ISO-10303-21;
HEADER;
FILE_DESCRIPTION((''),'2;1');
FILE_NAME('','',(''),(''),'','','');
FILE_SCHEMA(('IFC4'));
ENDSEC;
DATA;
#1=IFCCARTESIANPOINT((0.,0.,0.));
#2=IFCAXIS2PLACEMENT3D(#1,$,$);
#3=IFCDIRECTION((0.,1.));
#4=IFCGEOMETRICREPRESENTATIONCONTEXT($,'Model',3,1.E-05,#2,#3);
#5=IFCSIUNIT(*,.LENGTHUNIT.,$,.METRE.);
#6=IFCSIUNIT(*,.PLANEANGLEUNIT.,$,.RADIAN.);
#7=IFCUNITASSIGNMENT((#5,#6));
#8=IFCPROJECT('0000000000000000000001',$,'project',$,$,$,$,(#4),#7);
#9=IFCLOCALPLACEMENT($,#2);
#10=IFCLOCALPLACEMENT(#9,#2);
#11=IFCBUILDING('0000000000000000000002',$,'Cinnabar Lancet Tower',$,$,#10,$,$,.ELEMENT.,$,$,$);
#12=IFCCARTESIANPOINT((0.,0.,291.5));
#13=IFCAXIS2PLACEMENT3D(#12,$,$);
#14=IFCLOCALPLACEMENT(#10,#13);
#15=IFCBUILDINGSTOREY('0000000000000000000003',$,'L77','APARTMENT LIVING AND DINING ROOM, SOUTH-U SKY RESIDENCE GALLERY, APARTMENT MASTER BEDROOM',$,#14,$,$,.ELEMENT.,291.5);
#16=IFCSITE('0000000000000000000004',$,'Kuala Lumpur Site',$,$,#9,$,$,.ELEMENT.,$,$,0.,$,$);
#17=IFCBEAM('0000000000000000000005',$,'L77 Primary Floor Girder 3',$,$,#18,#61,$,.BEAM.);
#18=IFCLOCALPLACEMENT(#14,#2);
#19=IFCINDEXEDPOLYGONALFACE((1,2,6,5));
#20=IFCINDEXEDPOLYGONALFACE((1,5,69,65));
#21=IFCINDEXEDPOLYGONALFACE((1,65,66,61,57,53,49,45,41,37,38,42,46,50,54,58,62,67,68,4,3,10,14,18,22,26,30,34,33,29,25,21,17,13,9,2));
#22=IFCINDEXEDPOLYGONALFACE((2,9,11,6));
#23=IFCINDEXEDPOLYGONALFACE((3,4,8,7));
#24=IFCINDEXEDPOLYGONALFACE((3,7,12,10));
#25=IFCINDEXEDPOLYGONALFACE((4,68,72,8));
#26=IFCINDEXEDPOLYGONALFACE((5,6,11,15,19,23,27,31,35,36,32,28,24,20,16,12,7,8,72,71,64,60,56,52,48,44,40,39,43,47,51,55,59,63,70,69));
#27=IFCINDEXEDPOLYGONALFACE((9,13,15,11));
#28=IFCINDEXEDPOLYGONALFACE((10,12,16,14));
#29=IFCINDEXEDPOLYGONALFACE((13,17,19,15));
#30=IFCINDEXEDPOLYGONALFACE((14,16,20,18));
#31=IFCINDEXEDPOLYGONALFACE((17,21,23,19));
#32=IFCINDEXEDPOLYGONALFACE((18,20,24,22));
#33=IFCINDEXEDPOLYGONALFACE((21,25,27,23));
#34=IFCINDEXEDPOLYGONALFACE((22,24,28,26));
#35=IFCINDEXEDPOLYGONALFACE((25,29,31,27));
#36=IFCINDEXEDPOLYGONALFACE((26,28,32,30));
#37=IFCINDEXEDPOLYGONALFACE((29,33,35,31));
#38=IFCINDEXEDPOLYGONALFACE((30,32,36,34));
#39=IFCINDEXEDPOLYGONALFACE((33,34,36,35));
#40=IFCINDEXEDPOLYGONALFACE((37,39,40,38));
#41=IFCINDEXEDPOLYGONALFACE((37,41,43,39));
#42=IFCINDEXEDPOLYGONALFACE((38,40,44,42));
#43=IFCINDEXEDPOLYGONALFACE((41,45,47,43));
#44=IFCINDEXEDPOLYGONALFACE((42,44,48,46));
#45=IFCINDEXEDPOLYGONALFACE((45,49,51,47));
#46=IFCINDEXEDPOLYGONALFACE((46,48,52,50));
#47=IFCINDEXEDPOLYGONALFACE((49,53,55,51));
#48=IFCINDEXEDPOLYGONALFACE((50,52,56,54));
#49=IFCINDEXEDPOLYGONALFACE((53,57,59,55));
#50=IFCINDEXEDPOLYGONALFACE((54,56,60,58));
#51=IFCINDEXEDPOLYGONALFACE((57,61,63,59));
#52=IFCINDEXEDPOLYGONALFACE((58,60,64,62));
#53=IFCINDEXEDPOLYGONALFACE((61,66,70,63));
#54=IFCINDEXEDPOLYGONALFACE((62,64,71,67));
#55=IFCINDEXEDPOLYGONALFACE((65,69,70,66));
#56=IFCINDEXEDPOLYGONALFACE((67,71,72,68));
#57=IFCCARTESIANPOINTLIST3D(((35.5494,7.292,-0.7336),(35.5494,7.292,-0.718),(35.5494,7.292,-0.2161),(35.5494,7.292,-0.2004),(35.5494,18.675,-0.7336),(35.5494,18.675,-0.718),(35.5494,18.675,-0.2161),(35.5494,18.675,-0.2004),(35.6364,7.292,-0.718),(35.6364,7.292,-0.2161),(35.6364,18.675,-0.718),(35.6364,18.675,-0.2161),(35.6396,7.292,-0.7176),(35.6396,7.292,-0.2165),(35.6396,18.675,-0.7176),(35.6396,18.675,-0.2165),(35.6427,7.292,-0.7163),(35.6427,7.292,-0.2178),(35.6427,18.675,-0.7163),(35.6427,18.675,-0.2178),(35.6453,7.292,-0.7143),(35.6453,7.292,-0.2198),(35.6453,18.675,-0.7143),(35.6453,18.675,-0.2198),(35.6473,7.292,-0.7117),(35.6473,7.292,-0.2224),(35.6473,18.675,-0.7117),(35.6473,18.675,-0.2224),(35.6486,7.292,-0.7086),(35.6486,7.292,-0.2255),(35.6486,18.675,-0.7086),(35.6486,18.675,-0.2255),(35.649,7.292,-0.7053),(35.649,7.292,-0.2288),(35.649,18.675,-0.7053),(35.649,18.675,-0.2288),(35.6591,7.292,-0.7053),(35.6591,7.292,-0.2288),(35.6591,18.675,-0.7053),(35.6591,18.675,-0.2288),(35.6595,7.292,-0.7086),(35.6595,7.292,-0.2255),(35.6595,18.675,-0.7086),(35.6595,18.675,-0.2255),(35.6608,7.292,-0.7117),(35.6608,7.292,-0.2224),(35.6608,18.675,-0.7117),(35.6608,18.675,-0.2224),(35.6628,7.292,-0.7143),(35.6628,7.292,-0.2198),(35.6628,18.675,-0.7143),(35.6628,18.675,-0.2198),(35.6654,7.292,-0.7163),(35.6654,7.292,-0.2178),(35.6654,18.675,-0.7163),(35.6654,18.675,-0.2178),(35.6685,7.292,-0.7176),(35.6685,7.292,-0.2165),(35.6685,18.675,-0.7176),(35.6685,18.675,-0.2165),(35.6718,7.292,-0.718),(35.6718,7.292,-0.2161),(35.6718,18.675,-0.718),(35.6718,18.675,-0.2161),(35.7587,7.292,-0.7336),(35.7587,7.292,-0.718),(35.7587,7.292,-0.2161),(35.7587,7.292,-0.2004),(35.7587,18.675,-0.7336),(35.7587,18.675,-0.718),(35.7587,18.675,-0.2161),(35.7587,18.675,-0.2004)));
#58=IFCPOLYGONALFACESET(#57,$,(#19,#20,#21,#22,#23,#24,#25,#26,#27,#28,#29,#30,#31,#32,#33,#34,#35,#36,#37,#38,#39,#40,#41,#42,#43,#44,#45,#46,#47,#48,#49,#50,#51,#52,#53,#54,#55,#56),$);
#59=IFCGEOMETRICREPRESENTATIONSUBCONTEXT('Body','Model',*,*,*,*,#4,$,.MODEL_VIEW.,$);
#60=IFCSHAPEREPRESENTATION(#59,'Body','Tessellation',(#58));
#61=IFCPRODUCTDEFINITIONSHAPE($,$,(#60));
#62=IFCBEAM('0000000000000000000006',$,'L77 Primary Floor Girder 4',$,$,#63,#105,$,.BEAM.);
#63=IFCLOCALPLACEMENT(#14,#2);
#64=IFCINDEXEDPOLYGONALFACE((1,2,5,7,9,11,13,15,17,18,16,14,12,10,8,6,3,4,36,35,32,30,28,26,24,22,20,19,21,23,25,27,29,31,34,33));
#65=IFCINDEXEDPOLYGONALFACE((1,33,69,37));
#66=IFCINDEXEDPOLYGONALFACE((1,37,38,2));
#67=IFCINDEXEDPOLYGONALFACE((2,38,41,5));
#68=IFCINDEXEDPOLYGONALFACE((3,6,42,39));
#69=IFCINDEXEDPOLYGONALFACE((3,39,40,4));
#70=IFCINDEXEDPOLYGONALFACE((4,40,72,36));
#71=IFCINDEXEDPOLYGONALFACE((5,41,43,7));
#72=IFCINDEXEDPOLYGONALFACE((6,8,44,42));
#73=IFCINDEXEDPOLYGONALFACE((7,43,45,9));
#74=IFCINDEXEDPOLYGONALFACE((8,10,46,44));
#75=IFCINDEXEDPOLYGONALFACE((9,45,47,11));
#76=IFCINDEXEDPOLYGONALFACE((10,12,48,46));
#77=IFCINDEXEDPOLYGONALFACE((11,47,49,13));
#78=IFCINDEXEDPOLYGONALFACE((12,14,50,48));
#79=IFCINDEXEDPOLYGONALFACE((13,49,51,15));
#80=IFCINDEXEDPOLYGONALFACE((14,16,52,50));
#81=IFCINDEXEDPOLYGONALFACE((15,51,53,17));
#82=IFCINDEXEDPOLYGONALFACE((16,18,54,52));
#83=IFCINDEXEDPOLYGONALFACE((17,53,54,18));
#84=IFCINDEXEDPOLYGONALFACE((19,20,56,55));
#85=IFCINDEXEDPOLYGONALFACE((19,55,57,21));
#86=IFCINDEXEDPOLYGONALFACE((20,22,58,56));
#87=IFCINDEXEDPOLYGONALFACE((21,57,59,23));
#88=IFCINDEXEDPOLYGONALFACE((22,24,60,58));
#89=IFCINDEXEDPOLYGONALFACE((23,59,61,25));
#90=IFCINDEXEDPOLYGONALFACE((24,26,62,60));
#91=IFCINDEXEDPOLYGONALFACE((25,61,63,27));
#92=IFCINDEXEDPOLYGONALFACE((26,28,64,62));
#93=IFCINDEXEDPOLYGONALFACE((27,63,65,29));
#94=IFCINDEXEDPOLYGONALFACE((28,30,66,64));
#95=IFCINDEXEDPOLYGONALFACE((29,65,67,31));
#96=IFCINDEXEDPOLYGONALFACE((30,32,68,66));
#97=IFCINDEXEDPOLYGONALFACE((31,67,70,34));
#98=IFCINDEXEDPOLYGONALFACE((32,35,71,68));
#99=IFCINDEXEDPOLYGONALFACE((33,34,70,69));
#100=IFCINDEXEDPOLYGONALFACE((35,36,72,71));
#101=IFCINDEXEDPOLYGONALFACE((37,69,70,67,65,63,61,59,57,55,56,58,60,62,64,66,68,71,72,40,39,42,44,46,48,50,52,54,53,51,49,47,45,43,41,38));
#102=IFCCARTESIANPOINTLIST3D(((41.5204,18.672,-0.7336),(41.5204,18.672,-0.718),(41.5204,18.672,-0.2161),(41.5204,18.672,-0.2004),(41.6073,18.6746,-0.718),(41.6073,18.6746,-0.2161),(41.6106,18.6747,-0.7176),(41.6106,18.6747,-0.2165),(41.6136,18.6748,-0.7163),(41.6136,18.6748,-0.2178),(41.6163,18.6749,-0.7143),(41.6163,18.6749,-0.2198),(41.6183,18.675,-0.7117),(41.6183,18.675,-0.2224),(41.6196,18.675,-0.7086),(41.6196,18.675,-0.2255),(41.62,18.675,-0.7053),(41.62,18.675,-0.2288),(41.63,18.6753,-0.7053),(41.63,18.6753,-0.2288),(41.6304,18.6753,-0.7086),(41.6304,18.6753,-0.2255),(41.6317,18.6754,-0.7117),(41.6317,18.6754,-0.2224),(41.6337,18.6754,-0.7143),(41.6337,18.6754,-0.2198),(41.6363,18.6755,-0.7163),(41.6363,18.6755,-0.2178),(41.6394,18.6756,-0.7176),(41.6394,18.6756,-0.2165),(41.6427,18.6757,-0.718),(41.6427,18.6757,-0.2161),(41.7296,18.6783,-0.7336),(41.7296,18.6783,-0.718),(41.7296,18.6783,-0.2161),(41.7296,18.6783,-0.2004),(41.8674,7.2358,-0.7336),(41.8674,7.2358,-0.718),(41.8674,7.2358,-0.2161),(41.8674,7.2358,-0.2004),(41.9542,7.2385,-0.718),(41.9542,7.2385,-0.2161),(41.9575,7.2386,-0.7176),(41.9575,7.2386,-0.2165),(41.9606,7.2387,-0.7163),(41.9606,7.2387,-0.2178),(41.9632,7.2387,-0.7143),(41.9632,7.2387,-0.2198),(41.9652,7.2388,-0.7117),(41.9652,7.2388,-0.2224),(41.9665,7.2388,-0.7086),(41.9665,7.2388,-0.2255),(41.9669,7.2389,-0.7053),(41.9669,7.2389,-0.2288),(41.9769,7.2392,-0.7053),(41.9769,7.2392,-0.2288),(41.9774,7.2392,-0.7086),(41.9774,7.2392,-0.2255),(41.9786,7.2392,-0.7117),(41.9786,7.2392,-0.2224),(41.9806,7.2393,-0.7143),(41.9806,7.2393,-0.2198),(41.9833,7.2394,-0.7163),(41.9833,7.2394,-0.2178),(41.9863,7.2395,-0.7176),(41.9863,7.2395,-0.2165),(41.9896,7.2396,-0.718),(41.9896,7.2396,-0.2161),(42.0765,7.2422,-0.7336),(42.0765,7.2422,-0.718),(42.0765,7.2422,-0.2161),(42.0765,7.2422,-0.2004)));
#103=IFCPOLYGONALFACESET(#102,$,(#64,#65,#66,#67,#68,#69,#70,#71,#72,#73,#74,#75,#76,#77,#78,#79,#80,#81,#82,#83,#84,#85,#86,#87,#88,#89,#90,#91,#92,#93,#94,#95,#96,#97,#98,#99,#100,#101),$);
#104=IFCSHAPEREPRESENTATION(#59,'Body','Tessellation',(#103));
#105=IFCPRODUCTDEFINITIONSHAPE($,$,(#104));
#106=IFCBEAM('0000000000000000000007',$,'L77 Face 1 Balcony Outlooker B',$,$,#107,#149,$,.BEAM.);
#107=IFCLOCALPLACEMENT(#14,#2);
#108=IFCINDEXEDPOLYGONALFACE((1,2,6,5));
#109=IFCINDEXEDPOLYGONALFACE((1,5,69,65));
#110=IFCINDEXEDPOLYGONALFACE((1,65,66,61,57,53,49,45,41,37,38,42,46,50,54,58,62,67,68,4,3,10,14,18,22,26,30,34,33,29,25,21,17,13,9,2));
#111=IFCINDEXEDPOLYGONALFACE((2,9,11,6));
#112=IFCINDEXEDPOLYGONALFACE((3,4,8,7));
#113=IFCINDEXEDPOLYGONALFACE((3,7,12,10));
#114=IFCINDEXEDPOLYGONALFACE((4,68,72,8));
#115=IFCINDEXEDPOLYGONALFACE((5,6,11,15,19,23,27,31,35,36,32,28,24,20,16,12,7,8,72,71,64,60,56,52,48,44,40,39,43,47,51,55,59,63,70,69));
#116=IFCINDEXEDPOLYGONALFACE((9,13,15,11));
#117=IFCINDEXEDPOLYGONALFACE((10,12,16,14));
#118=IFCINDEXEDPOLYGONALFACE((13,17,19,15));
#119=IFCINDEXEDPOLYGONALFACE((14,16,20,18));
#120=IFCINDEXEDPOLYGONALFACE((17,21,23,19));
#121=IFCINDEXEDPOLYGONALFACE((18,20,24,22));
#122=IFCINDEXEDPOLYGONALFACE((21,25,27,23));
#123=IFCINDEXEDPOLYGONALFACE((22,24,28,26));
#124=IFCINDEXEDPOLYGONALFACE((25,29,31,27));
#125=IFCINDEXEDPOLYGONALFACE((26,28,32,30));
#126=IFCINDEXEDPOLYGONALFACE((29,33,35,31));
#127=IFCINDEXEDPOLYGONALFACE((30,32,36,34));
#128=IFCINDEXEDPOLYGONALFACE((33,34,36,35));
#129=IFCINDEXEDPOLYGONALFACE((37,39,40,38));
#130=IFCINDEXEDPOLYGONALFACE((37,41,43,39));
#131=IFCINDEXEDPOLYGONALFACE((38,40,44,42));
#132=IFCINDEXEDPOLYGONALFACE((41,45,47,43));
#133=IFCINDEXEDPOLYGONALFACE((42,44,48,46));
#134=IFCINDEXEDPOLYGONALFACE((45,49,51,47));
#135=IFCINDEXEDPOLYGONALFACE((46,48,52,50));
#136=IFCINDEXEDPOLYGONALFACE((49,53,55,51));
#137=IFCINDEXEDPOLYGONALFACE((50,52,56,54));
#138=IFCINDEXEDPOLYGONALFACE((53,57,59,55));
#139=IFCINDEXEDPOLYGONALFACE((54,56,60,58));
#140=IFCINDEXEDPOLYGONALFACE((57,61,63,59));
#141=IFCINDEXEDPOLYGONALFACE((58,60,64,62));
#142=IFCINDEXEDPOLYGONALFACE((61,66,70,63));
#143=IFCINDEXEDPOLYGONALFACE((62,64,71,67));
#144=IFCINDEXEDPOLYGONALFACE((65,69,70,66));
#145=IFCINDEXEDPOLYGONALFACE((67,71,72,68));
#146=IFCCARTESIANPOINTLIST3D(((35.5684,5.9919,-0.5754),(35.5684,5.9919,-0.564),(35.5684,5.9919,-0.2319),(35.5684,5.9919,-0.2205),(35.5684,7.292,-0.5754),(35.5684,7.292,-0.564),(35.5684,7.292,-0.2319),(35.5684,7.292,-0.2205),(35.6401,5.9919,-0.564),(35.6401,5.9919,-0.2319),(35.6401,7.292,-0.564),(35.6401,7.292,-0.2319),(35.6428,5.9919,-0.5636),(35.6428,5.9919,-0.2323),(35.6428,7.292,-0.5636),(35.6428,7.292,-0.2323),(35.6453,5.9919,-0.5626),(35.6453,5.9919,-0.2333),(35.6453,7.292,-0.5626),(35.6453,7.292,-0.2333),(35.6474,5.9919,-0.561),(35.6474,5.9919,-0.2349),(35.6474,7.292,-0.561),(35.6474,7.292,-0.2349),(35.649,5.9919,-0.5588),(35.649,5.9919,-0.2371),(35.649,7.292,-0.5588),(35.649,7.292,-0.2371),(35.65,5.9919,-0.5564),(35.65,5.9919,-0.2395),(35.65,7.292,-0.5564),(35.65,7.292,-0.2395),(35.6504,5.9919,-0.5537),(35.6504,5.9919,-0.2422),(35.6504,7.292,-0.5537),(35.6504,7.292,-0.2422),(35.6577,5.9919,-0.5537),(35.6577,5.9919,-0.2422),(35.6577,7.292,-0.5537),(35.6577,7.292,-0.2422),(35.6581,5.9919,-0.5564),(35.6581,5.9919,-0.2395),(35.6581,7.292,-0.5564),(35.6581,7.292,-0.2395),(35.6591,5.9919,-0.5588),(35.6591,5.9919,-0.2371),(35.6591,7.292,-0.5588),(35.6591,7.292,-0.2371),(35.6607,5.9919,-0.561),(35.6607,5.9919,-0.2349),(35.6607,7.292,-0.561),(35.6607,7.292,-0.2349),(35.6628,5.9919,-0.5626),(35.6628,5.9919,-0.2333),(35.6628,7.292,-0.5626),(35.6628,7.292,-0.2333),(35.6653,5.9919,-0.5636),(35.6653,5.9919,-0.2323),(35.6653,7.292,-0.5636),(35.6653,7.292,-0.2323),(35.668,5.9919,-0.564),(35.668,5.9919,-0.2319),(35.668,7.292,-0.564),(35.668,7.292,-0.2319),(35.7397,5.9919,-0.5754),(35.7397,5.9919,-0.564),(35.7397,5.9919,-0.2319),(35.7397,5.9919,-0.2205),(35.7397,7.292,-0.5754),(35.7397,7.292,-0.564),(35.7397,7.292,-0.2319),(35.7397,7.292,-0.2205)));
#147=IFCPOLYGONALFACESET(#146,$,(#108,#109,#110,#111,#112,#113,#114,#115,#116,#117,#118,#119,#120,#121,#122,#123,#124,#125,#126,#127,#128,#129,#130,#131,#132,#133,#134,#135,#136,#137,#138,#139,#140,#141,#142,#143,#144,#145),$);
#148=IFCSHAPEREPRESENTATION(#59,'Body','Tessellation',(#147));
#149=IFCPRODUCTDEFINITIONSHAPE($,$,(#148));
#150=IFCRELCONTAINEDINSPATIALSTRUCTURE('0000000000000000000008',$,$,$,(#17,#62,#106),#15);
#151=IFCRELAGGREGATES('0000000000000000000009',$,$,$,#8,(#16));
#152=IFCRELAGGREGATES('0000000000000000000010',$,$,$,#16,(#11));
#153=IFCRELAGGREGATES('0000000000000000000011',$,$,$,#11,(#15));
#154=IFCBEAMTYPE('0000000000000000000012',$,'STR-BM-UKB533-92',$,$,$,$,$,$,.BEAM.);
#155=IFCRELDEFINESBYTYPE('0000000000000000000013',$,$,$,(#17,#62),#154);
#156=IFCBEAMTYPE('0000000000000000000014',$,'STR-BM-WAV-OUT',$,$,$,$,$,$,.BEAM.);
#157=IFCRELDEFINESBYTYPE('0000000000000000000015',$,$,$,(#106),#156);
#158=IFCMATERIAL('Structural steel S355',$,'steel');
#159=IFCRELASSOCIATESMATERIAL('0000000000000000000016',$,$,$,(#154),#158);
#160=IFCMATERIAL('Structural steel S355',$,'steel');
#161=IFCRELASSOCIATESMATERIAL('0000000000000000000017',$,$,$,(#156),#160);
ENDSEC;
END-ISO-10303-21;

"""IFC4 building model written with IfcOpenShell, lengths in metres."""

from ifc_helpers import new_model, si_unit, direction, frame, origin, origin_2d, place, context, subcontext, project, spatial, i_section, extrude, material, material_profile, profile_set, type_object, element, save


model = new_model("IFC4")

# Units and contexts
model_context = context("Model", 3, precision=1e-05, world=origin(), true_north=direction((0.0, 1.0)))
body_context = subcontext(model_context, "Body", "Model", "MODEL_VIEW")
ifc_project = project(units=[si_unit("LENGTHUNIT", "METRE"), si_unit("PLANEANGLEUNIT", "RADIAN")], contexts=[model_context])

# Site, building, storey
site_placement = place(None, origin())
site = spatial("IfcSite", under=ifc_project, at=site_placement, Name="Kuala Lumpur Site", CompositionType="ELEMENT", RefElevation=0.0)
building_placement = place(site_placement, origin())
building = spatial("IfcBuilding", under=site, at=building_placement, Name="Cinnabar Lancet Tower", CompositionType="ELEMENT")
storey_placement = place(building_placement, frame((0.0, 0.0, 291.5)))
storey = spatial("IfcBuildingStorey", under=building, at=storey_placement, Name="L77", Description="APARTMENT LIVING AND DINING ROOM, SOUTH-U SKY RESIDENCE GALLERY, APARTMENT MASTER BEDROOM", CompositionType="ELEMENT", Elevation=291.5)

# Beams
ifc_material_1 = material(Name="Structural steel S355", Category="steel")
ifc_material_profile_1 = material_profile(ifc_material_1, i_section(OverallWidth=0.2092, OverallDepth=0.5332, WebThickness=0.01, FlangeThickness=0.0156, FilletRadius=0.0127, at=origin_2d()), Name="UKB 533x210x92")
ifc_profile_set_1 = profile_set([ifc_material_profile_1], Name="Structural steel S355")
beam_type_1 = type_object("IfcBeamType", Name="STR-BM-UKB533-92", PredefinedType="BEAM", material=ifc_profile_set_1)
beam_1_placement = place(storey_placement, frame((35.6541, 7.292, -0.467), z_axis=(0.0, 1.0, 0.0), x_axis=(-1.0, 0.0, 0.0)))
element("IfcBeam", 1, at=beam_1_placement, inside=storey, type_object=beam_type_1, Name="L77 Primary Floor Girder 3", PredefinedType="BEAM", context=body_context, shape_type="SweptSolid", body=[
    extrude(i_section(OverallWidth=0.2092, OverallDepth=0.5332, WebThickness=0.01, FlangeThickness=0.0156, FilletRadius=0.0127, at=origin_2d()), origin(), (0.0, 0.0, 1.0), 11.3831),
])
beam_2_placement = place(storey_placement, frame((41.9719, 7.239, -0.467), z_axis=(-0.030322, 0.99954, 0.0), x_axis=(-0.99954, -0.030322, 0.0)))
element("IfcBeam", 2, at=beam_2_placement, inside=storey, type_object=beam_type_1, Name="L77 Primary Floor Girder 4", PredefinedType="BEAM", context=body_context, shape_type="SweptSolid", body=[
    extrude(i_section(OverallWidth=0.2092, OverallDepth=0.5332, WebThickness=0.01, FlangeThickness=0.0156, FilletRadius=0.0127, at=origin_2d()), origin(), (0.0, 0.0, 1.0), 11.4414),
])
ifc_material_2 = material(Name="Structural steel S355", Category="steel")
ifc_material_profile_2 = material_profile(ifc_material_2, i_section(OverallWidth=0.1714, OverallDepth=0.355, WebThickness=0.0073, FlangeThickness=0.0115, FilletRadius=0.0103, at=origin_2d()), Name="UKB 356x171x51")
ifc_profile_set_2 = profile_set([ifc_material_profile_2], Name="Structural steel S355")
beam_type_2 = type_object("IfcBeamType", Name="STR-BM-WAV-OUT", PredefinedType="BEAM", material=ifc_profile_set_2)
beam_3_placement = place(storey_placement, frame((35.6541, 7.292, -0.3979), z_axis=(0.0, -1.0, 0.0), x_axis=(1.0, 0.0, 0.0)))
element("IfcBeam", 3, at=beam_3_placement, inside=storey, type_object=beam_type_2, Name="L77 Face 1 Balcony Outlooker B", PredefinedType="BEAM", context=body_context, shape_type="SweptSolid", body=[
    extrude(i_section(OverallWidth=0.1714, OverallDepth=0.355, WebThickness=0.0073, FlangeThickness=0.0115, FilletRadius=0.0103, at=origin_2d()), origin(), (0.0, 0.0, 1.0), 1.3),
])

save(model, "model.ifc")
